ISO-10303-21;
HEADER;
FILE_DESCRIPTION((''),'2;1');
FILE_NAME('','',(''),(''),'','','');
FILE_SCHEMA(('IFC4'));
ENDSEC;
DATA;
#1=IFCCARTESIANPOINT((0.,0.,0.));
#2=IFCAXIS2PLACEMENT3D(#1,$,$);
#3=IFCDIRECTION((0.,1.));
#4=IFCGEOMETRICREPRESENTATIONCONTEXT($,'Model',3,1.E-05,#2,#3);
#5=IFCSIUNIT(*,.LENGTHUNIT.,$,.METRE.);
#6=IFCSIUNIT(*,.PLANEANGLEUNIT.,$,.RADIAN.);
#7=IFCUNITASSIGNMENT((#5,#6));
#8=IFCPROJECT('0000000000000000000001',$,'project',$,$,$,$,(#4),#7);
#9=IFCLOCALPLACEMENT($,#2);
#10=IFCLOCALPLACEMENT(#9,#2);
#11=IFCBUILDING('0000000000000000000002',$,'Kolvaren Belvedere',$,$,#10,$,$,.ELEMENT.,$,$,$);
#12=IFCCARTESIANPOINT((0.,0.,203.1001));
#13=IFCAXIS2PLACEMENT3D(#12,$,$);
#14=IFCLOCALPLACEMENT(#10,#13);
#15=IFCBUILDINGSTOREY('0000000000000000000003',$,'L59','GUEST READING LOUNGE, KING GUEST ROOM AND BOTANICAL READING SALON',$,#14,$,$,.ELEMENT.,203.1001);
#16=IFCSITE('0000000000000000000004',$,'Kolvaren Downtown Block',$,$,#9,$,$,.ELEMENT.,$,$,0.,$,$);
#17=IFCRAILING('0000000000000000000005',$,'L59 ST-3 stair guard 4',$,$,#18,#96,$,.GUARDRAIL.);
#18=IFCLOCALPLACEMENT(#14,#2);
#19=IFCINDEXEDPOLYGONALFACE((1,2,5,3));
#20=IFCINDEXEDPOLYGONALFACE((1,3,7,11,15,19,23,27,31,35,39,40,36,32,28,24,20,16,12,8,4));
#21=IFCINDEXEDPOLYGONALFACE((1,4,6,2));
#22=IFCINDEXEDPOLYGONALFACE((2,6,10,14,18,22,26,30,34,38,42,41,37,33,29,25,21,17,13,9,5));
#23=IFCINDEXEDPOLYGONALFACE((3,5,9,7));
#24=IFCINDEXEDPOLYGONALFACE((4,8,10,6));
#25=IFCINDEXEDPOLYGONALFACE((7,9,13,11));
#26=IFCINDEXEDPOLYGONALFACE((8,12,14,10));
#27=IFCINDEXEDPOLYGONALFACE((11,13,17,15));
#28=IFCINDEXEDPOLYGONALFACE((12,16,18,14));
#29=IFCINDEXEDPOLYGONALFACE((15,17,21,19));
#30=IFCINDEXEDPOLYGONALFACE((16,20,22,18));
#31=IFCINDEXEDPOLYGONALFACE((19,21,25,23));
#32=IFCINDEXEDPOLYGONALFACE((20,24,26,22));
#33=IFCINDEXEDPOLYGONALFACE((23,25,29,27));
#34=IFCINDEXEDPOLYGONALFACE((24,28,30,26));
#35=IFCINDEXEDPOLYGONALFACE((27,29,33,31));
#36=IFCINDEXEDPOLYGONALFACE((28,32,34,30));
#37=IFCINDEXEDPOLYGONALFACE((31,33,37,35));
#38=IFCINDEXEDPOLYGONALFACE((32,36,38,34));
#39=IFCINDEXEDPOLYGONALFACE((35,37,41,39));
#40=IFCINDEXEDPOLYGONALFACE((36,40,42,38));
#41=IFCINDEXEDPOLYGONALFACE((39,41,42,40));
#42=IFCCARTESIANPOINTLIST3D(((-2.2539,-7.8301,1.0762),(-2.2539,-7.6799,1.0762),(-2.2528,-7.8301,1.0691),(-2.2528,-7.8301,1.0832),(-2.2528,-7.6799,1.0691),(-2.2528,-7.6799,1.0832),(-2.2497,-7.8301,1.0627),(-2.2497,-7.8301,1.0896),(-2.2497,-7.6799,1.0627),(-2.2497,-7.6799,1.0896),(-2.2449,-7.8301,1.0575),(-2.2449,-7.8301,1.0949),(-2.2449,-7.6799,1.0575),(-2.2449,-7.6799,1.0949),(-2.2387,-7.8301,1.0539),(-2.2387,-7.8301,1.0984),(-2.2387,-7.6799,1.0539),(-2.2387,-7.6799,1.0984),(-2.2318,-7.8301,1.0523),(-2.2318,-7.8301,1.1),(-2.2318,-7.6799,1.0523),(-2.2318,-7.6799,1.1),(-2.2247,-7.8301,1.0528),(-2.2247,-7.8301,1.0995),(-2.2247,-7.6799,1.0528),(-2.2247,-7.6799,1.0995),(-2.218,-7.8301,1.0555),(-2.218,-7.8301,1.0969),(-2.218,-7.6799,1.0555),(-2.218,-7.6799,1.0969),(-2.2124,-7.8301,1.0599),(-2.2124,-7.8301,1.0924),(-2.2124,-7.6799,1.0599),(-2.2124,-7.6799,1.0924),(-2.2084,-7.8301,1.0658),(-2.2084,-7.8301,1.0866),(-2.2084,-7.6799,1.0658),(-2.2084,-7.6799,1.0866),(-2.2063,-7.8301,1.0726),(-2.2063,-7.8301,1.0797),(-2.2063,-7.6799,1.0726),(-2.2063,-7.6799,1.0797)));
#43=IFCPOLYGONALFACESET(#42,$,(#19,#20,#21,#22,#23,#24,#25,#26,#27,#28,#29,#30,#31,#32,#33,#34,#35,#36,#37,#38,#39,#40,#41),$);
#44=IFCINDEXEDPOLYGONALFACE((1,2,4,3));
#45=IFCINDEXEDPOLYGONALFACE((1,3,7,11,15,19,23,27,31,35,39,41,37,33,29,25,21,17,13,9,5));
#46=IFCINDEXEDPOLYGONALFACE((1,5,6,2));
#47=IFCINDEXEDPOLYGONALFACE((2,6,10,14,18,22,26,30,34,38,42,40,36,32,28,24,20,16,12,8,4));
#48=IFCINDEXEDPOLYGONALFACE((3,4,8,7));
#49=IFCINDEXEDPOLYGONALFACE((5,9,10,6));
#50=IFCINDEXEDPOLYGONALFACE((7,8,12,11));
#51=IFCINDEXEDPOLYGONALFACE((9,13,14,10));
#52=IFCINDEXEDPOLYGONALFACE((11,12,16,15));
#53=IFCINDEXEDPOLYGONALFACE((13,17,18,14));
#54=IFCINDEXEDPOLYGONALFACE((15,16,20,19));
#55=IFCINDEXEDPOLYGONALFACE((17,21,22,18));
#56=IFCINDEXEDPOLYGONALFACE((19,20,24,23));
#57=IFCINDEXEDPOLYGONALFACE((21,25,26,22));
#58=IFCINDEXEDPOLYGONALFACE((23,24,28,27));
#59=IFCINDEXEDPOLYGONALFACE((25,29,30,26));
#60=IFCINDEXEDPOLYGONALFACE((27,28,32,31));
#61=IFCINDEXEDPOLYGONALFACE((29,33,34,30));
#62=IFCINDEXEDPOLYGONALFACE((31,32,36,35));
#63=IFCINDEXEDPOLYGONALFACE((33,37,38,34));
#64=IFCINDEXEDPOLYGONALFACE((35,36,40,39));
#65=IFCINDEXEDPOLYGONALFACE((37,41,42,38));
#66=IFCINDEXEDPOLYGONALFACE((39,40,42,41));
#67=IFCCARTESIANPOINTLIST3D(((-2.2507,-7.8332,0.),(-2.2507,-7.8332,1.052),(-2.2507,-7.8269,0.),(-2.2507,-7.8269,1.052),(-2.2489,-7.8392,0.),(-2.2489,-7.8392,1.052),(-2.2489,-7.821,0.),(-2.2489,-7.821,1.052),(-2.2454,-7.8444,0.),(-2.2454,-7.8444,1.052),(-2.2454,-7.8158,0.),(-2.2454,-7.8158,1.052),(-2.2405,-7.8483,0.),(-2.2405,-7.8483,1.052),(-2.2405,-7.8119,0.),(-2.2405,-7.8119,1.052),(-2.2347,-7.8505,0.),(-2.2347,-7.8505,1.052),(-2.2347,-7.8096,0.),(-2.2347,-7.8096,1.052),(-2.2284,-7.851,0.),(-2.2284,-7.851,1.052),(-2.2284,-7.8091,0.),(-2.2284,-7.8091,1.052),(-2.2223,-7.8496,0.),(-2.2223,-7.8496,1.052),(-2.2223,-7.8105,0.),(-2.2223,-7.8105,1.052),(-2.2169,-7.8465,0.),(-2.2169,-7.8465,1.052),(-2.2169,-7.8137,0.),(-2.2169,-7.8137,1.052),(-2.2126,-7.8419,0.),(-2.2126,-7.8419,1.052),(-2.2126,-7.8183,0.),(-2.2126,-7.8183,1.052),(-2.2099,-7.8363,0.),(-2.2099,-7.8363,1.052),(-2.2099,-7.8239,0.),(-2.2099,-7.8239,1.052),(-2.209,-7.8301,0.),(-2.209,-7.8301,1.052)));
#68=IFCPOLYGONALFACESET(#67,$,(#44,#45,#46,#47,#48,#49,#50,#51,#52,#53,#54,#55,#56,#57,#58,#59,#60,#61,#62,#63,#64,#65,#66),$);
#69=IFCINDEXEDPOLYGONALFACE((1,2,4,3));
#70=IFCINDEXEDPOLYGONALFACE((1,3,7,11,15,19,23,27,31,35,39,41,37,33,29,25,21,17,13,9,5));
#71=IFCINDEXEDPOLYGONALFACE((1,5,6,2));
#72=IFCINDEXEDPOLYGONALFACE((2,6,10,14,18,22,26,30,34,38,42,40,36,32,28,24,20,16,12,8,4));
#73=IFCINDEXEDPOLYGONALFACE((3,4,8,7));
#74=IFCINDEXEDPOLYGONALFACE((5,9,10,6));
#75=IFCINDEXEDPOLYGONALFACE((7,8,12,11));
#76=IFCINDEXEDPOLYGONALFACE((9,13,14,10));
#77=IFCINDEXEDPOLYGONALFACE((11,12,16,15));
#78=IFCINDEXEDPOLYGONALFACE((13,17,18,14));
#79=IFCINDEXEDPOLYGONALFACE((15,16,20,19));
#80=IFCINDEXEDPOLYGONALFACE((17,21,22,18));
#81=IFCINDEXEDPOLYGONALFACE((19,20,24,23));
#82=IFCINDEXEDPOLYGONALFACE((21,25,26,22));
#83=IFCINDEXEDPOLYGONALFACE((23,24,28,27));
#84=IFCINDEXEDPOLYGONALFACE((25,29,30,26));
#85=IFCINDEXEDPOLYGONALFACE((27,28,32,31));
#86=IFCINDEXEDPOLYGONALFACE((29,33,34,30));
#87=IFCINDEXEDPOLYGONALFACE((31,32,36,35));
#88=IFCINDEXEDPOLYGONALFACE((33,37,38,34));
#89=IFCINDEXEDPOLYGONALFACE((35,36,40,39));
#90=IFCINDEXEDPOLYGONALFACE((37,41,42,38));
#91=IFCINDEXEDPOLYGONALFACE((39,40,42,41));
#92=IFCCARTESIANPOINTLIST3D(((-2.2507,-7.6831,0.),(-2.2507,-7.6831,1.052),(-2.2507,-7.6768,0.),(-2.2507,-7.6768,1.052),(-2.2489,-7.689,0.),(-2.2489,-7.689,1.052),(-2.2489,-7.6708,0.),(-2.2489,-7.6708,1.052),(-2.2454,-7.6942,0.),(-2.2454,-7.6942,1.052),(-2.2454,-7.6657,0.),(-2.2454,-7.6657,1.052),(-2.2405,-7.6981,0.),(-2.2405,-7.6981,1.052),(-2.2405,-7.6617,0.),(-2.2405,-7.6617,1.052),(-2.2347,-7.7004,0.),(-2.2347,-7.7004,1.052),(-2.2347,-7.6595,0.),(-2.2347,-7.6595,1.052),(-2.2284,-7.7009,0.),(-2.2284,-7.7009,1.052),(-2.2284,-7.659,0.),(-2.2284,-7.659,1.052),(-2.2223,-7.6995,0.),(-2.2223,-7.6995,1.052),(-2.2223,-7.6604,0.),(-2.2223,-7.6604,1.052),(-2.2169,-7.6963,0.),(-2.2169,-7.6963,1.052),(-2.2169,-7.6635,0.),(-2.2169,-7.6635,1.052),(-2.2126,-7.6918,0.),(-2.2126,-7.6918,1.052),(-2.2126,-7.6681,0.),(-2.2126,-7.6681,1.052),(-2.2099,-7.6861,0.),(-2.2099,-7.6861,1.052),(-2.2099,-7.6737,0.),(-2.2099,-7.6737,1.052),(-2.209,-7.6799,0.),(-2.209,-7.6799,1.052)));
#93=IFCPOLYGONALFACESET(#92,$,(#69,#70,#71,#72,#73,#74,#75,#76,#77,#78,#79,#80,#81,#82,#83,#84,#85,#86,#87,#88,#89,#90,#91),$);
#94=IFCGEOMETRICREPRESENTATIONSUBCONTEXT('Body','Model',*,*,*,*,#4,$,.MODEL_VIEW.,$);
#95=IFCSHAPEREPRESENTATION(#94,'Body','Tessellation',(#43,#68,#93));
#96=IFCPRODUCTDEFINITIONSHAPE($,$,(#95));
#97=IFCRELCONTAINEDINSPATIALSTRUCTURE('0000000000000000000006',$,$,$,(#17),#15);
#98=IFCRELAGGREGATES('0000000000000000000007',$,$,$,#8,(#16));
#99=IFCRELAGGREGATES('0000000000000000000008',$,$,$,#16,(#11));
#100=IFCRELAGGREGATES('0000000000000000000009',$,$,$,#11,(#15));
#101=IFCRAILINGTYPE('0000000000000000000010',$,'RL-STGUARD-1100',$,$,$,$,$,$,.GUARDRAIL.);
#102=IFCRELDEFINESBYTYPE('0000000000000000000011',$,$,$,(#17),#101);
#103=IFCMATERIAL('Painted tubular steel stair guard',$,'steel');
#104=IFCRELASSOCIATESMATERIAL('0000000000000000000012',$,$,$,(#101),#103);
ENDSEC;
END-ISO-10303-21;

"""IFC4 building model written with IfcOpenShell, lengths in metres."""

from ifc_helpers import new_model, si_unit, direction, frame, origin, origin_2d, place, context, subcontext, project, spatial, circle, extrude, material, type_object, element, save


model = new_model("IFC4")

# Units and contexts
model_context = context("Model", 3, precision=1e-05, world=origin(), true_north=direction((0.0, 1.0)))
body_context = subcontext(model_context, "Body", "Model", "MODEL_VIEW")
ifc_project = project(units=[si_unit("LENGTHUNIT", "METRE"), si_unit("PLANEANGLEUNIT", "RADIAN")], contexts=[model_context])

# Site, building, storey
site_placement = place(None, origin())
site = spatial("IfcSite", under=ifc_project, at=site_placement, Name="Kolvaren Downtown Block", CompositionType="ELEMENT", RefElevation=0.0)
building_placement = place(site_placement, origin())
building = spatial("IfcBuilding", under=site, at=building_placement, Name="Kolvaren Belvedere", CompositionType="ELEMENT")
storey_placement = place(building_placement, frame((0.0, 0.0, 203.1001)))
storey = spatial("IfcBuildingStorey", under=building, at=storey_placement, Name="L59", Description="GUEST READING LOUNGE, KING GUEST ROOM AND BOTANICAL READING SALON", CompositionType="ELEMENT", Elevation=203.1001)

# Railing
ifc_material_1 = material(Name="Painted tubular steel stair guard", Category="steel")
railing_type_1 = type_object("IfcRailingType", Name="RL-STGUARD-1100", PredefinedType="GUARDRAIL", material=ifc_material_1)
railing_1_placement = place(storey_placement, frame((-2.23, -7.8301, 0.0)))
element("IfcRailing", 1, at=railing_1_placement, inside=storey, type_object=railing_type_1, Name="L59 ST-3 stair guard 4", PredefinedType="GUARDRAIL", context=body_context, shape_type="SweptSolid", body=[
    extrude(circle(Radius=0.0239, at=origin_2d()), frame((0.0, 0.0, 1.0762), z_axis=(0.0, 1.0, 0.0), x_axis=(-1.0, 0.0, 0.0)), (0.0, 0.0, 1.0), 0.1501),
    extrude(circle(Radius=0.021, at=origin_2d()), origin(), (0.0, 0.0, 1.0), 1.052),
    extrude(circle(Radius=0.021, at=origin_2d()), frame((0.0, 0.1501, 0.0)), (0.0, 0.0, 1.0), 1.052),
])

save(model, "model.ifc")
